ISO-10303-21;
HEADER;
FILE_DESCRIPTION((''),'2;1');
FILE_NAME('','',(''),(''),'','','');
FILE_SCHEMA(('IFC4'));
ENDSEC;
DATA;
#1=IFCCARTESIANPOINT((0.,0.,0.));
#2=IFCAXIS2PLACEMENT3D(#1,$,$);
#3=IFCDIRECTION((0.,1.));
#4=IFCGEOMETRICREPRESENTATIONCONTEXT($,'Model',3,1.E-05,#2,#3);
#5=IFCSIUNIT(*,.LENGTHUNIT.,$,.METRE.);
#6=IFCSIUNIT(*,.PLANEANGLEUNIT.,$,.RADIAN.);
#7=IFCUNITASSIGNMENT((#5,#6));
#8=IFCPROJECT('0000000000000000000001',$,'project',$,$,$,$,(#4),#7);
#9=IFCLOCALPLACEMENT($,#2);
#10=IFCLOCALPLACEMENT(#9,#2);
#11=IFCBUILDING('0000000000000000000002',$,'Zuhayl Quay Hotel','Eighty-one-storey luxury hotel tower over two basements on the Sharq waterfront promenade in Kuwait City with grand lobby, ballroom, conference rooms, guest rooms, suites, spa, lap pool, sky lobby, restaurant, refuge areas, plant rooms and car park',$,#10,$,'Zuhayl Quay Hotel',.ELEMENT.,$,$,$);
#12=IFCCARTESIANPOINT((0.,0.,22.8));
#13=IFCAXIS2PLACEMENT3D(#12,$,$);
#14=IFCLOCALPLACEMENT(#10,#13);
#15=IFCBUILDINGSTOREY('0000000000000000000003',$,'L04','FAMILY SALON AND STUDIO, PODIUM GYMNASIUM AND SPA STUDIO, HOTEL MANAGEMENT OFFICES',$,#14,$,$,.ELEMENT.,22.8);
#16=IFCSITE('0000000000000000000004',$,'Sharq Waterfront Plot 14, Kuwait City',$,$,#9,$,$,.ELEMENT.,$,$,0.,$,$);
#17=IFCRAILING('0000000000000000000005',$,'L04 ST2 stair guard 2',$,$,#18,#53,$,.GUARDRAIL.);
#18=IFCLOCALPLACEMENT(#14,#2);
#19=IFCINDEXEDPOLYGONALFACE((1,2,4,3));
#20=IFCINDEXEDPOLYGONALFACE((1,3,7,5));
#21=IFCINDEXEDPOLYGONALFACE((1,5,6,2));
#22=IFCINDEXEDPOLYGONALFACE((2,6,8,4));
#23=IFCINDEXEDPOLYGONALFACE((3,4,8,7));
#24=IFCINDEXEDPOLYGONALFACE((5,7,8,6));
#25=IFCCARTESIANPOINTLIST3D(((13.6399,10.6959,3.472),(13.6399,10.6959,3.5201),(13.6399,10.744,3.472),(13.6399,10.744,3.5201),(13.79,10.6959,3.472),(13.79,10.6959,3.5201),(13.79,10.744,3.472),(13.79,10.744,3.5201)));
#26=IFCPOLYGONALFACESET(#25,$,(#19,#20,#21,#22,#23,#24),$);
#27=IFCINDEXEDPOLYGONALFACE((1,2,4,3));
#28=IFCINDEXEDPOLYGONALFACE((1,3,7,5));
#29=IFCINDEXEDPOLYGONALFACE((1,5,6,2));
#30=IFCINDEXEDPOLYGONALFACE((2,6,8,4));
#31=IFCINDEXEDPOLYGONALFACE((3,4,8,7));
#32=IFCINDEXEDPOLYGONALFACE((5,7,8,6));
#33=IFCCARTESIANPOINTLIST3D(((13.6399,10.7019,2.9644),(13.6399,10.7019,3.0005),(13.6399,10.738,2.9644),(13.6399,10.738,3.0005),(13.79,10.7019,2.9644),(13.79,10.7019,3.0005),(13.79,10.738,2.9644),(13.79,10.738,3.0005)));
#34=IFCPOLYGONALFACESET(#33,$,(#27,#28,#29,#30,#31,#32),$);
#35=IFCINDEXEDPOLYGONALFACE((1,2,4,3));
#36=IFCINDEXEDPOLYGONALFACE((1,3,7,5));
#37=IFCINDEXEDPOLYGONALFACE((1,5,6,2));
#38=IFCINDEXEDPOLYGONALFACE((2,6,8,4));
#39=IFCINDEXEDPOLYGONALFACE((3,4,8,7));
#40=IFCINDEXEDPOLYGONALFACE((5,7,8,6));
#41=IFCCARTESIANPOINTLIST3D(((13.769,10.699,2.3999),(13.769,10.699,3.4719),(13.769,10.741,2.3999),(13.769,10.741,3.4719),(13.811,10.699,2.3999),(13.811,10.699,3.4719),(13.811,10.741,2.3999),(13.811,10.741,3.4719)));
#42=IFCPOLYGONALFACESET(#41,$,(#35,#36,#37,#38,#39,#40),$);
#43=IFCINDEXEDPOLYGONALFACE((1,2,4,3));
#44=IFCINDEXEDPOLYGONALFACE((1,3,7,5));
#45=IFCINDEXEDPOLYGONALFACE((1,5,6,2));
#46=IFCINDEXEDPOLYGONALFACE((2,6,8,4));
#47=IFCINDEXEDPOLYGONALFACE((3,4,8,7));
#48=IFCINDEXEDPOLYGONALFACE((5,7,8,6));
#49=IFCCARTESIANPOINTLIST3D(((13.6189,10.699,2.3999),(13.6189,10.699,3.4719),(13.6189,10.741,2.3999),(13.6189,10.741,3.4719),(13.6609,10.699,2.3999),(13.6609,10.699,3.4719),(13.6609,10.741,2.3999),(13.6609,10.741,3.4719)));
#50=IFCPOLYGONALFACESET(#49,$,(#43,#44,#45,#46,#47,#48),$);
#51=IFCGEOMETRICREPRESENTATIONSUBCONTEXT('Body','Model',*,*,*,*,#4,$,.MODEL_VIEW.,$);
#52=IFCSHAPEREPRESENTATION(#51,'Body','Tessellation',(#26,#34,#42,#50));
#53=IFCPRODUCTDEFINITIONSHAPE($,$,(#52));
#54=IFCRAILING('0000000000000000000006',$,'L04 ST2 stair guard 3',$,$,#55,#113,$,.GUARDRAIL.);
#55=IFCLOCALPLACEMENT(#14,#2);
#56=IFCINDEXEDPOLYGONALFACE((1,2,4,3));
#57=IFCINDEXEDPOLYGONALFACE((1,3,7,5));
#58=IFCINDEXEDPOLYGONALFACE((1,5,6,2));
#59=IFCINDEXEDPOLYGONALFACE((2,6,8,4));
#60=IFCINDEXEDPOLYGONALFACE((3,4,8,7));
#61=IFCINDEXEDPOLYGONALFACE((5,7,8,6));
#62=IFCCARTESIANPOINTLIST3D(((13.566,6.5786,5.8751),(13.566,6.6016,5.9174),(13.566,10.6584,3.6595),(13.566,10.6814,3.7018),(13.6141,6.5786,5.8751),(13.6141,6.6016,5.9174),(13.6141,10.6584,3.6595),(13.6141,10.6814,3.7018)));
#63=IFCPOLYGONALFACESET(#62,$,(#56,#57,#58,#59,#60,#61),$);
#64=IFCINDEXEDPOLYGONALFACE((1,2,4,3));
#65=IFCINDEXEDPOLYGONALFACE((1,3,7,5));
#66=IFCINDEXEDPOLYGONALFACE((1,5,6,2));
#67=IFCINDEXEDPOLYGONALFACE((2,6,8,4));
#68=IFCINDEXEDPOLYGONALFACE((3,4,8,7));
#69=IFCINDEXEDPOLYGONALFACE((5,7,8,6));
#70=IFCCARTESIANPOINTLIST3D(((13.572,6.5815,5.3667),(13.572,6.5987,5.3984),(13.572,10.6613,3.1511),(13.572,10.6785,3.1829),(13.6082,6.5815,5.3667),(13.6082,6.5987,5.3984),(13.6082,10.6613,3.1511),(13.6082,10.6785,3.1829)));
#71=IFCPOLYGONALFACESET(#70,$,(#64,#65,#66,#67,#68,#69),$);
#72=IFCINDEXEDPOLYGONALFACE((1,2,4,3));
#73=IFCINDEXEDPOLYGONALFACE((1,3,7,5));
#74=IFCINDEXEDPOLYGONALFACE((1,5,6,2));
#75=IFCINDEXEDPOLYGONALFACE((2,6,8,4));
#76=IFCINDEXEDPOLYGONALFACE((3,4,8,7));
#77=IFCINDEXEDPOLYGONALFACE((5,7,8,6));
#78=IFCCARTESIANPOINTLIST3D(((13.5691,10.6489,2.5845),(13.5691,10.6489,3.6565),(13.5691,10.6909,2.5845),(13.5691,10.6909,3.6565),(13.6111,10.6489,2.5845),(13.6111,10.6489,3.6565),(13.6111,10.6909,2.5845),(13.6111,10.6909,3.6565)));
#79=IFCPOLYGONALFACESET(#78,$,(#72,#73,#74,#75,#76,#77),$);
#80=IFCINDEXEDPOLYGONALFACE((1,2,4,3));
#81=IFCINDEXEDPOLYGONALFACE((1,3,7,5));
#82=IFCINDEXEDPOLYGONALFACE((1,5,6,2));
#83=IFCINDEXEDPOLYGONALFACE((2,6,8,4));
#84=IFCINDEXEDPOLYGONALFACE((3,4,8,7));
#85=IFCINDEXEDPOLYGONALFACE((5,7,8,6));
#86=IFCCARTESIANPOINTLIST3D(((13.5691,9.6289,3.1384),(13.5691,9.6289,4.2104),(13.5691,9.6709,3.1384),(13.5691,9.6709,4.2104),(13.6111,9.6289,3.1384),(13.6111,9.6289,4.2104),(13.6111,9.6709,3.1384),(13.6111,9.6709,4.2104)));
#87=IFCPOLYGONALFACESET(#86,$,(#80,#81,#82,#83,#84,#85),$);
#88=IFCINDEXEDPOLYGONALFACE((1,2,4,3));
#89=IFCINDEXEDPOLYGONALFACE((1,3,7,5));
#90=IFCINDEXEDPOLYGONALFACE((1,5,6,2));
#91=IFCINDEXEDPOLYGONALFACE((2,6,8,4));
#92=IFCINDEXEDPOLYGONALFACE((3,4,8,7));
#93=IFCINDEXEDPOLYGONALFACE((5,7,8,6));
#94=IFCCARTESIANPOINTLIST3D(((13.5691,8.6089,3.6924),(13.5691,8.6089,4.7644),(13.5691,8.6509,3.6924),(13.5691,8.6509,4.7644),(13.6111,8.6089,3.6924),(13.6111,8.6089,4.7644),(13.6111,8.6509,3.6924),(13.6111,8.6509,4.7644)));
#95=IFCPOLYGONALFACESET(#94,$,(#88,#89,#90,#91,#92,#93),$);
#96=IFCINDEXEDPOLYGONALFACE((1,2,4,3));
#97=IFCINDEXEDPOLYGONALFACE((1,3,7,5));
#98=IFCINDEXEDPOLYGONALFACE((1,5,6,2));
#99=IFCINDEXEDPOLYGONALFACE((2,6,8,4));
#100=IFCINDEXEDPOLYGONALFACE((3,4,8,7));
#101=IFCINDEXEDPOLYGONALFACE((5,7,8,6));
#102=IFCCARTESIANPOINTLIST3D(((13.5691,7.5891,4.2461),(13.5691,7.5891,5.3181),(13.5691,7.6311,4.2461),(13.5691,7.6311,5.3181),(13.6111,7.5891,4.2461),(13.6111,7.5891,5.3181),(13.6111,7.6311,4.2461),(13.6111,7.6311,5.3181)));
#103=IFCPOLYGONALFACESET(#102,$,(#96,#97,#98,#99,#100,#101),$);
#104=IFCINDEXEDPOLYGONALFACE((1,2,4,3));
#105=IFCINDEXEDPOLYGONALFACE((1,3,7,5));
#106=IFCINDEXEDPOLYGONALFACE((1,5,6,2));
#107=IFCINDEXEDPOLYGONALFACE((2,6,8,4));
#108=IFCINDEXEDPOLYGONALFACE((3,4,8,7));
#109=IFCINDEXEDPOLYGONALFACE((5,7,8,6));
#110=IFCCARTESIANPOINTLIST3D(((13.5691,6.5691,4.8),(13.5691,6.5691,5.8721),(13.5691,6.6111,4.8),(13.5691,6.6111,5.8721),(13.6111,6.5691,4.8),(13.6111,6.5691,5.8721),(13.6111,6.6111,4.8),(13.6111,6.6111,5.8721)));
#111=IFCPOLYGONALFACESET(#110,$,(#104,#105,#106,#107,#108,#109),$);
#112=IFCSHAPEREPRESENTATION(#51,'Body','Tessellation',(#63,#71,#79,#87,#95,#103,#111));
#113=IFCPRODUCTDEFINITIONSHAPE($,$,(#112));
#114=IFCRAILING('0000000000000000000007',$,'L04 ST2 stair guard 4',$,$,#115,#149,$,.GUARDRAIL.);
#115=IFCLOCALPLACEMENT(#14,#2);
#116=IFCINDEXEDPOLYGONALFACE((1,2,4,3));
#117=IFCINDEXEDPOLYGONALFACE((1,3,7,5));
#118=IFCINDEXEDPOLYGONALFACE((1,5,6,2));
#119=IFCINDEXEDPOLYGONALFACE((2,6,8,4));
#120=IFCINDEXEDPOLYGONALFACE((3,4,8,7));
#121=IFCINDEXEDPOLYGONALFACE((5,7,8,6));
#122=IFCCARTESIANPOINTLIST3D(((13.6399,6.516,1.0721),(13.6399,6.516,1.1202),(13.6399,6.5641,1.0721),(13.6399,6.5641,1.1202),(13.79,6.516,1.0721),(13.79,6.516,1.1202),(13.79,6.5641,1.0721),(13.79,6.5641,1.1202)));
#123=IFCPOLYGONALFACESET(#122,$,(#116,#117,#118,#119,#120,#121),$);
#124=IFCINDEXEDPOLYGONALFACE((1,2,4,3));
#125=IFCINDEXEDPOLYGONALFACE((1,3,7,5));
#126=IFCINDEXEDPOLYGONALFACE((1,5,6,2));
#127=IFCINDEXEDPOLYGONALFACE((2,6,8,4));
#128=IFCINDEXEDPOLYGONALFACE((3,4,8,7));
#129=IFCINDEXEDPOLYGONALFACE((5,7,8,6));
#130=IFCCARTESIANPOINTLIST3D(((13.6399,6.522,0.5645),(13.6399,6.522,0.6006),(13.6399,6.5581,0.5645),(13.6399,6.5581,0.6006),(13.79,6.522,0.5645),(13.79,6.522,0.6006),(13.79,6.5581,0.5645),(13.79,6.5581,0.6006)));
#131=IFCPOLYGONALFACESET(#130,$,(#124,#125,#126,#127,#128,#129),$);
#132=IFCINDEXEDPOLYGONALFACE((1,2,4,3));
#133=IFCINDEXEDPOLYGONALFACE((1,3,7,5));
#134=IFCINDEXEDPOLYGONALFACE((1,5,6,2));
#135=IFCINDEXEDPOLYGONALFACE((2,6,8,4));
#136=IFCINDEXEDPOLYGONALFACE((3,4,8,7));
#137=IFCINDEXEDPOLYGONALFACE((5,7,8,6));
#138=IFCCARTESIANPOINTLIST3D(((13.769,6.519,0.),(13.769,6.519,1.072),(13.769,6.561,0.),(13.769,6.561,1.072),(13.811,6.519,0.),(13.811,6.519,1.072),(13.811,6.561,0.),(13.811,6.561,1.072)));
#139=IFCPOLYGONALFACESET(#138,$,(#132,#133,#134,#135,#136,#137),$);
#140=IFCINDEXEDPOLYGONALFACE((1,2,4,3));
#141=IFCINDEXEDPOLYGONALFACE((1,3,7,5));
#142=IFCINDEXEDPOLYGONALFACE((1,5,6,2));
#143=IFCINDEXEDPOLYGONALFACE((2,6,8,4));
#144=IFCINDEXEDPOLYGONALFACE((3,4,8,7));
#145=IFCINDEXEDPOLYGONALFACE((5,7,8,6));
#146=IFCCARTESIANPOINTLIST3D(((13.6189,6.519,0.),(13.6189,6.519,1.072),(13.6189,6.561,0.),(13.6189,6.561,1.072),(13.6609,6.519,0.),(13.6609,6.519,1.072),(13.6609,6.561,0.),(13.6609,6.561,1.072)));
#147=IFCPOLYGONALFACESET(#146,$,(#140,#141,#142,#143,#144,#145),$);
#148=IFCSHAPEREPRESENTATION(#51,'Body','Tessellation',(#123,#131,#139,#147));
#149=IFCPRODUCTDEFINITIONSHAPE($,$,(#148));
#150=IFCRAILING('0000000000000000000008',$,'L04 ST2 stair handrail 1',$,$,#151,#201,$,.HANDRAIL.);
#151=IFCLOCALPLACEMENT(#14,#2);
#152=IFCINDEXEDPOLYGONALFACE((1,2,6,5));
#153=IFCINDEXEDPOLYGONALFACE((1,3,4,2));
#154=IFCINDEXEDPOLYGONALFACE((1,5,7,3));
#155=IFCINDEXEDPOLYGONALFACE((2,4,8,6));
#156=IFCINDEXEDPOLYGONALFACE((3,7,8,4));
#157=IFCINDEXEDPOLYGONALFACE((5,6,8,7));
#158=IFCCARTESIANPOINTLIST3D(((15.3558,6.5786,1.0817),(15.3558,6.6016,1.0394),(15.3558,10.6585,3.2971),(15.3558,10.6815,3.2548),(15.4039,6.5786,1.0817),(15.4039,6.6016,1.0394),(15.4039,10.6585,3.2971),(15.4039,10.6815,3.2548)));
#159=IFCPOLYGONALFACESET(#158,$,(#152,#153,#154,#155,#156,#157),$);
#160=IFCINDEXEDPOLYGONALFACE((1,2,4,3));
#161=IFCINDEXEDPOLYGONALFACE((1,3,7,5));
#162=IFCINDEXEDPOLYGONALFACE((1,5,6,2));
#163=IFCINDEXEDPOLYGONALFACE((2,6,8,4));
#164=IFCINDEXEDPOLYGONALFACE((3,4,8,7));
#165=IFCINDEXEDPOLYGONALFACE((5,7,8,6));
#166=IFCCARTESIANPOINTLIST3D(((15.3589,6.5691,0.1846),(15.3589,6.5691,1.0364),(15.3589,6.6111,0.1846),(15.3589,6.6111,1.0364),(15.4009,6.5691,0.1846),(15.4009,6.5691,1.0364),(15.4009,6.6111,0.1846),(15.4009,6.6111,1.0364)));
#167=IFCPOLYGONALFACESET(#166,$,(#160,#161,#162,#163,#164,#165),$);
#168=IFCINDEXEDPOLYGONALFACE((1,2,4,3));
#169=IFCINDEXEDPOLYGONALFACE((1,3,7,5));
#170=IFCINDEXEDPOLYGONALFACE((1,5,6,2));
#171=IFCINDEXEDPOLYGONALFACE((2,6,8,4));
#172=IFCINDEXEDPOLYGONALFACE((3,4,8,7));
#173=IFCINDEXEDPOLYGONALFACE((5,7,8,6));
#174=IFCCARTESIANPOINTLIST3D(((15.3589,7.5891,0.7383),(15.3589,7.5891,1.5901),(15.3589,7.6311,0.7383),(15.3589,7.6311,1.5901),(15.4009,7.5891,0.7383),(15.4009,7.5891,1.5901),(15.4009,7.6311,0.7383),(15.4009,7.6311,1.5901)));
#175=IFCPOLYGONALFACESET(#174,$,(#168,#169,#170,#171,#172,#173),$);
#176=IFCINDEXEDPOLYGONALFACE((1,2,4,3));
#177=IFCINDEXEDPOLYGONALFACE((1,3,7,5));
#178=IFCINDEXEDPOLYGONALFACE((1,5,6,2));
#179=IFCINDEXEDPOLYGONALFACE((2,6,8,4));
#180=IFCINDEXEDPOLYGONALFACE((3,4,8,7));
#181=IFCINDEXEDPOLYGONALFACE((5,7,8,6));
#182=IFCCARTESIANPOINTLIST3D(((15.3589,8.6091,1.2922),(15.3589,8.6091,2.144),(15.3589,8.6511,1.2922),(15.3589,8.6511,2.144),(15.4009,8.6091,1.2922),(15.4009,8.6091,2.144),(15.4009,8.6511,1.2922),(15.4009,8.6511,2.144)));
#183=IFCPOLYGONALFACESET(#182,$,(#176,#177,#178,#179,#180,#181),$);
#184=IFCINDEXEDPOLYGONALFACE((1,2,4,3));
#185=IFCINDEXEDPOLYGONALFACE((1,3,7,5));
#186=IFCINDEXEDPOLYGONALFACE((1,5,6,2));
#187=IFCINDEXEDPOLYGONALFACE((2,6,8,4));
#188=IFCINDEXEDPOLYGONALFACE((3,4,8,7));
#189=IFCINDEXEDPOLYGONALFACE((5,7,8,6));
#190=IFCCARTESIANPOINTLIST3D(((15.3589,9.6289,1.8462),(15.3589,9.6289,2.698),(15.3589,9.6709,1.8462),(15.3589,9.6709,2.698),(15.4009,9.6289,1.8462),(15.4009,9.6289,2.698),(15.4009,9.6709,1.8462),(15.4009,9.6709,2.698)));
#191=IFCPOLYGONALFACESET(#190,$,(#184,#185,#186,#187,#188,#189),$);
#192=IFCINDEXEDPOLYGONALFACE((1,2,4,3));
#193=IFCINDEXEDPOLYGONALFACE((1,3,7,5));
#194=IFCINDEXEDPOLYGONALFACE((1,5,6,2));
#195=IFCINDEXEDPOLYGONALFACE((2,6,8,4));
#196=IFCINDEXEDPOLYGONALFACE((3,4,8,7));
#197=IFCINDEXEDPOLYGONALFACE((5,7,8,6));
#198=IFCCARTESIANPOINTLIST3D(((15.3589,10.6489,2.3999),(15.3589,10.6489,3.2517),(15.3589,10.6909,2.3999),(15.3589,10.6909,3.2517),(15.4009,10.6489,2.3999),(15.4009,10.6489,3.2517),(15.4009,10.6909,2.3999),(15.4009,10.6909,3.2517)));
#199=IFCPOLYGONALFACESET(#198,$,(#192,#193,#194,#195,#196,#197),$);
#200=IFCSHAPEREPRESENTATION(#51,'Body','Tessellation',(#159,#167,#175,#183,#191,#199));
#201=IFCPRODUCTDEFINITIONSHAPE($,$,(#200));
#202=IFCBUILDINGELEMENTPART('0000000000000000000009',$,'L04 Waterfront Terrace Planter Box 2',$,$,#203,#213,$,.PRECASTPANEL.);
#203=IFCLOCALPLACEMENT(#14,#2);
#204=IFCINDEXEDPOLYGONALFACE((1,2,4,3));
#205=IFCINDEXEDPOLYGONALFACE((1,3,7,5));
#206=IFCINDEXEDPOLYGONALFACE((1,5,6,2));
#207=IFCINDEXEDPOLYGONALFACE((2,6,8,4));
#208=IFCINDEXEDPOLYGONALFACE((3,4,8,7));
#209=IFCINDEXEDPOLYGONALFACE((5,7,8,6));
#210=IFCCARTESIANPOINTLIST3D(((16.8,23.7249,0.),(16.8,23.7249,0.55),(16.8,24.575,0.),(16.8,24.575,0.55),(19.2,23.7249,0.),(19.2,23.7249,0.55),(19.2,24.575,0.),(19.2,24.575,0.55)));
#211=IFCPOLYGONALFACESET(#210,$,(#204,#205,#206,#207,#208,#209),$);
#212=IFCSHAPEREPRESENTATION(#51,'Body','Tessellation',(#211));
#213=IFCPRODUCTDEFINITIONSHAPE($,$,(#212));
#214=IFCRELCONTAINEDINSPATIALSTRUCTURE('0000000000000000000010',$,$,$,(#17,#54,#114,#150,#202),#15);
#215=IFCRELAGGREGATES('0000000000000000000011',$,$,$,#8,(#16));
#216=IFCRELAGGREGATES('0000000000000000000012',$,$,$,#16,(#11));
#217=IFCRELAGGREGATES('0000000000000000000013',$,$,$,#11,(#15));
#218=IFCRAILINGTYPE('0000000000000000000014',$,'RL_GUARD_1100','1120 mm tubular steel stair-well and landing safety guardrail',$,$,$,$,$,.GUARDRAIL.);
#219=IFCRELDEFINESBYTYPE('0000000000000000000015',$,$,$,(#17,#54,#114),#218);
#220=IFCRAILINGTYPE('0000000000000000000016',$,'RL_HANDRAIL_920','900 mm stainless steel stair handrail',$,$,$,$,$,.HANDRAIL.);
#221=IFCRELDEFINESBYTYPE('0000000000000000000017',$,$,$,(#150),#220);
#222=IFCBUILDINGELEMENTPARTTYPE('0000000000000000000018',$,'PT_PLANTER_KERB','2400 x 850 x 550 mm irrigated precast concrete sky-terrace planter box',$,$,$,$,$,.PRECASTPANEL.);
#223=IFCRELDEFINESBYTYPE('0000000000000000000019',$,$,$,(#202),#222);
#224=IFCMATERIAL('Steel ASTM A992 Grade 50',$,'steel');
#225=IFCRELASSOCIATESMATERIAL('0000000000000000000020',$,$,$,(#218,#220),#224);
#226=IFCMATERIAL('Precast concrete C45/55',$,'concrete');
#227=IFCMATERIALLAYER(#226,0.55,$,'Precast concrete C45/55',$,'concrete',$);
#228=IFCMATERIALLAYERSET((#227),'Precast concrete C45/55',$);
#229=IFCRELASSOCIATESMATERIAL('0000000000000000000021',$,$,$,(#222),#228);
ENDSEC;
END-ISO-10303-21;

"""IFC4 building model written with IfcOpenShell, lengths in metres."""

from ifc_helpers import new_model, si_unit, direction, frame, origin, origin_2d, place, context, subcontext, project, spatial, rectangle, extrude, material, layer, layer_set, type_object, element, save


model = new_model("IFC4")

# Units and contexts
model_context = context("Model", 3, precision=1e-05, world=origin(), true_north=direction((0.0, 1.0)))
body_context = subcontext(model_context, "Body", "Model", "MODEL_VIEW")
ifc_project = project(units=[si_unit("LENGTHUNIT", "METRE"), si_unit("PLANEANGLEUNIT", "RADIAN")], contexts=[model_context])

# Site, building, storey
site_placement = place(None, origin())
site = spatial("IfcSite", under=ifc_project, at=site_placement, Name="Sharq Waterfront Plot 14, Kuwait City", CompositionType="ELEMENT", RefElevation=0.0)
building_placement = place(site_placement, origin())
building = spatial("IfcBuilding", under=site, at=building_placement, Name="Zuhayl Quay Hotel", Description="Eighty-one-storey luxury hotel tower over two basements on the Sharq waterfront promenade in Kuwait City with grand lobby, ballroom, conference rooms, guest rooms, suites, spa, lap pool, sky lobby, restaurant, refuge areas, plant rooms and car park", LongName="Zuhayl Quay Hotel", CompositionType="ELEMENT")
storey_placement = place(building_placement, frame((0.0, 0.0, 22.8)))
storey = spatial("IfcBuildingStorey", under=building, at=storey_placement, Name="L04", Description="FAMILY SALON AND STUDIO, PODIUM GYMNASIUM AND SPA STUDIO, HOTEL MANAGEMENT OFFICES", CompositionType="ELEMENT", Elevation=22.8)

# Shared definitions
ifc_material_1 = material(Name="Precast concrete C45/55", Category="concrete")

# Railings
ifc_material_2 = material(Name="Steel ASTM A992 Grade 50", Category="steel")
railing_type_1 = type_object("IfcRailingType", Name="RL_GUARD_1100", Description="1120 mm tubular steel stair-well and landing safety guardrail", PredefinedType="GUARDRAIL", material=ifc_material_2)
railing_1_placement = place(storey_placement, frame((13.79, 10.72, 2.3999)))
element("IfcRailing", 1, at=railing_1_placement, inside=storey, type_object=railing_type_1, Name="L04 ST2 stair guard 2", PredefinedType="GUARDRAIL", context=body_context, shape_type="SweptSolid", body=[
    extrude(rectangle(XDim=0.0481, YDim=0.0481, at=origin_2d()), frame((0.0, 0.0, 1.0962), z_axis=(-1.0, 0.0, 0.0), x_axis=(0.0, -1.0, 0.0)), (0.0, 0.0, 1.0), 0.1501),
    extrude(rectangle(XDim=0.0361, YDim=0.0361, at=origin_2d()), frame((0.0, 0.0, 0.5825), z_axis=(-1.0, 0.0, 0.0), x_axis=(0.0, -1.0, 0.0)), (0.0, 0.0, 1.0), 0.1501),
    extrude(rectangle(XDim=0.042, YDim=0.042, at=origin_2d()), origin(), (0.0, 0.0, 1.0), 1.072),
    extrude(rectangle(XDim=0.042, YDim=0.042, at=origin_2d()), frame((-0.1501, 0.0, 0.0)), (0.0, 0.0, 1.0), 1.072),
])
railing_2_placement = place(storey_placement, frame((13.5901, 10.6699, 2.5845)))
element("IfcRailing", 2, at=railing_2_placement, inside=storey, type_object=railing_type_1, Name="L04 ST2 stair guard 3", PredefinedType="GUARDRAIL", context=body_context, shape_type="SweptSolid", body=[
    extrude(rectangle(XDim=0.0481, YDim=0.0481, at=origin_2d()), frame((0.0, 0.0, 1.0962), z_axis=(0.0, -0.87878, 0.477226), x_axis=(1.0, 0.0, 0.0)), (0.0, 0.0, 1.0), 4.6426),
    extrude(rectangle(XDim=0.0361, YDim=0.0361, at=origin_2d()), frame((0.0, 0.0, 0.5825), z_axis=(0.0, -0.87878, 0.477226), x_axis=(1.0, 0.0, 0.0)), (0.0, 0.0, 1.0), 4.6426),
    extrude(rectangle(XDim=0.042, YDim=0.042, at=origin_2d()), origin(), (0.0, 0.0, 1.0), 1.072),
    extrude(rectangle(XDim=0.042, YDim=0.042, at=origin_2d()), frame((0.0, -1.02, 0.554)), (0.0, 0.0, 1.0), 1.072),
    extrude(rectangle(XDim=0.042, YDim=0.042, at=origin_2d()), frame((0.0, -2.04, 1.1079)), (0.0, 0.0, 1.0), 1.072),
    extrude(rectangle(XDim=0.042, YDim=0.042, at=origin_2d()), frame((0.0, -3.0598, 1.6616)), (0.0, 0.0, 1.0), 1.072),
    extrude(rectangle(XDim=0.042, YDim=0.042, at=origin_2d()), frame((0.0, -4.0798, 2.2156)), (0.0, 0.0, 1.0), 1.072),
])
railing_3_placement = place(storey_placement, frame((13.79, 6.54, 0.0)))
element("IfcRailing", 3, at=railing_3_placement, inside=storey, type_object=railing_type_1, Name="L04 ST2 stair guard 4", PredefinedType="GUARDRAIL", context=body_context, shape_type="SweptSolid", body=[
    extrude(rectangle(XDim=0.0481, YDim=0.0481, at=origin_2d()), frame((0.0, 0.0, 1.0962), z_axis=(-1.0, 0.0, 0.0), x_axis=(0.0, -1.0, 0.0)), (0.0, 0.0, 1.0), 0.1501),
    extrude(rectangle(XDim=0.0361, YDim=0.0361, at=origin_2d()), frame((0.0, 0.0, 0.5825), z_axis=(-1.0, 0.0, 0.0), x_axis=(0.0, -1.0, 0.0)), (0.0, 0.0, 1.0), 0.1501),
    extrude(rectangle(XDim=0.042, YDim=0.042, at=origin_2d()), origin(), (0.0, 0.0, 1.0), 1.072),
    extrude(rectangle(XDim=0.042, YDim=0.042, at=origin_2d()), frame((-0.1501, 0.0, 0.0)), (0.0, 0.0, 1.0), 1.072),
])
railing_type_2 = type_object("IfcRailingType", Name="RL_HANDRAIL_920", Description="900 mm stainless steel stair handrail", PredefinedType="HANDRAIL", material=ifc_material_2)
railing_4_placement = place(storey_placement, frame((15.3799, 6.5901, 0.1846)))
element("IfcRailing", 4, at=railing_4_placement, inside=storey, type_object=railing_type_2, Name="L04 ST2 stair handrail 1", PredefinedType="HANDRAIL", context=body_context, shape_type="SweptSolid", body=[
    extrude(rectangle(XDim=0.0481, YDim=0.0481, at=origin_2d()), frame((0.0, 0.0, 0.876), z_axis=(0.0, 0.878802, 0.477186), x_axis=(-1.0, 0.0, 0.0)), (0.0, 0.0, 1.0), 4.6426),
    extrude(rectangle(XDim=0.042, YDim=0.042, at=origin_2d()), origin(), (0.0, 0.0, 1.0), 0.8518),
    extrude(rectangle(XDim=0.042, YDim=0.042, at=origin_2d()), frame((0.0, 1.02, 0.5537)), (0.0, 0.0, 1.0), 0.8518),
    extrude(rectangle(XDim=0.042, YDim=0.042, at=origin_2d()), frame((0.0, 2.04, 1.1077)), (0.0, 0.0, 1.0), 0.8518),
    extrude(rectangle(XDim=0.042, YDim=0.042, at=origin_2d()), frame((0.0, 3.0598, 1.6616)), (0.0, 0.0, 1.0), 0.8518),
    extrude(rectangle(XDim=0.042, YDim=0.042, at=origin_2d()), frame((0.0, 4.0798, 2.2153)), (0.0, 0.0, 1.0), 0.8518),
])

# Building element part
ifc_layer_1 = layer(ifc_material_1, 0.55, Name="Precast concrete C45/55", Category="concrete")
ifc_layer_set_1 = layer_set([ifc_layer_1], Name="Precast concrete C45/55")
building_element_part_type = type_object("IfcBuildingElementPartType", Name="PT_PLANTER_KERB", Description="2400 x 850 x 550 mm irrigated precast concrete sky-terrace planter box", PredefinedType="PRECASTPANEL", material=ifc_layer_set_1)
building_element_part_placement = place(storey_placement, frame((18.0, 24.1499, 0.0), z_axis=(0.0, 0.0, 1.0), x_axis=(1.0, 0.0, 0.0)))
element("IfcBuildingElementPart", 5, at=building_element_part_placement, inside=storey, type_object=building_element_part_type, Name="L04 Waterfront Terrace Planter Box 2", PredefinedType="PRECASTPANEL", context=body_context, shape_type="SweptSolid", body=[
    extrude(rectangle(XDim=2.3999, YDim=0.8501, at=origin_2d()), origin(), (0.0, 0.0, 1.0), 0.55),
])

save(model, "model.ifc")
